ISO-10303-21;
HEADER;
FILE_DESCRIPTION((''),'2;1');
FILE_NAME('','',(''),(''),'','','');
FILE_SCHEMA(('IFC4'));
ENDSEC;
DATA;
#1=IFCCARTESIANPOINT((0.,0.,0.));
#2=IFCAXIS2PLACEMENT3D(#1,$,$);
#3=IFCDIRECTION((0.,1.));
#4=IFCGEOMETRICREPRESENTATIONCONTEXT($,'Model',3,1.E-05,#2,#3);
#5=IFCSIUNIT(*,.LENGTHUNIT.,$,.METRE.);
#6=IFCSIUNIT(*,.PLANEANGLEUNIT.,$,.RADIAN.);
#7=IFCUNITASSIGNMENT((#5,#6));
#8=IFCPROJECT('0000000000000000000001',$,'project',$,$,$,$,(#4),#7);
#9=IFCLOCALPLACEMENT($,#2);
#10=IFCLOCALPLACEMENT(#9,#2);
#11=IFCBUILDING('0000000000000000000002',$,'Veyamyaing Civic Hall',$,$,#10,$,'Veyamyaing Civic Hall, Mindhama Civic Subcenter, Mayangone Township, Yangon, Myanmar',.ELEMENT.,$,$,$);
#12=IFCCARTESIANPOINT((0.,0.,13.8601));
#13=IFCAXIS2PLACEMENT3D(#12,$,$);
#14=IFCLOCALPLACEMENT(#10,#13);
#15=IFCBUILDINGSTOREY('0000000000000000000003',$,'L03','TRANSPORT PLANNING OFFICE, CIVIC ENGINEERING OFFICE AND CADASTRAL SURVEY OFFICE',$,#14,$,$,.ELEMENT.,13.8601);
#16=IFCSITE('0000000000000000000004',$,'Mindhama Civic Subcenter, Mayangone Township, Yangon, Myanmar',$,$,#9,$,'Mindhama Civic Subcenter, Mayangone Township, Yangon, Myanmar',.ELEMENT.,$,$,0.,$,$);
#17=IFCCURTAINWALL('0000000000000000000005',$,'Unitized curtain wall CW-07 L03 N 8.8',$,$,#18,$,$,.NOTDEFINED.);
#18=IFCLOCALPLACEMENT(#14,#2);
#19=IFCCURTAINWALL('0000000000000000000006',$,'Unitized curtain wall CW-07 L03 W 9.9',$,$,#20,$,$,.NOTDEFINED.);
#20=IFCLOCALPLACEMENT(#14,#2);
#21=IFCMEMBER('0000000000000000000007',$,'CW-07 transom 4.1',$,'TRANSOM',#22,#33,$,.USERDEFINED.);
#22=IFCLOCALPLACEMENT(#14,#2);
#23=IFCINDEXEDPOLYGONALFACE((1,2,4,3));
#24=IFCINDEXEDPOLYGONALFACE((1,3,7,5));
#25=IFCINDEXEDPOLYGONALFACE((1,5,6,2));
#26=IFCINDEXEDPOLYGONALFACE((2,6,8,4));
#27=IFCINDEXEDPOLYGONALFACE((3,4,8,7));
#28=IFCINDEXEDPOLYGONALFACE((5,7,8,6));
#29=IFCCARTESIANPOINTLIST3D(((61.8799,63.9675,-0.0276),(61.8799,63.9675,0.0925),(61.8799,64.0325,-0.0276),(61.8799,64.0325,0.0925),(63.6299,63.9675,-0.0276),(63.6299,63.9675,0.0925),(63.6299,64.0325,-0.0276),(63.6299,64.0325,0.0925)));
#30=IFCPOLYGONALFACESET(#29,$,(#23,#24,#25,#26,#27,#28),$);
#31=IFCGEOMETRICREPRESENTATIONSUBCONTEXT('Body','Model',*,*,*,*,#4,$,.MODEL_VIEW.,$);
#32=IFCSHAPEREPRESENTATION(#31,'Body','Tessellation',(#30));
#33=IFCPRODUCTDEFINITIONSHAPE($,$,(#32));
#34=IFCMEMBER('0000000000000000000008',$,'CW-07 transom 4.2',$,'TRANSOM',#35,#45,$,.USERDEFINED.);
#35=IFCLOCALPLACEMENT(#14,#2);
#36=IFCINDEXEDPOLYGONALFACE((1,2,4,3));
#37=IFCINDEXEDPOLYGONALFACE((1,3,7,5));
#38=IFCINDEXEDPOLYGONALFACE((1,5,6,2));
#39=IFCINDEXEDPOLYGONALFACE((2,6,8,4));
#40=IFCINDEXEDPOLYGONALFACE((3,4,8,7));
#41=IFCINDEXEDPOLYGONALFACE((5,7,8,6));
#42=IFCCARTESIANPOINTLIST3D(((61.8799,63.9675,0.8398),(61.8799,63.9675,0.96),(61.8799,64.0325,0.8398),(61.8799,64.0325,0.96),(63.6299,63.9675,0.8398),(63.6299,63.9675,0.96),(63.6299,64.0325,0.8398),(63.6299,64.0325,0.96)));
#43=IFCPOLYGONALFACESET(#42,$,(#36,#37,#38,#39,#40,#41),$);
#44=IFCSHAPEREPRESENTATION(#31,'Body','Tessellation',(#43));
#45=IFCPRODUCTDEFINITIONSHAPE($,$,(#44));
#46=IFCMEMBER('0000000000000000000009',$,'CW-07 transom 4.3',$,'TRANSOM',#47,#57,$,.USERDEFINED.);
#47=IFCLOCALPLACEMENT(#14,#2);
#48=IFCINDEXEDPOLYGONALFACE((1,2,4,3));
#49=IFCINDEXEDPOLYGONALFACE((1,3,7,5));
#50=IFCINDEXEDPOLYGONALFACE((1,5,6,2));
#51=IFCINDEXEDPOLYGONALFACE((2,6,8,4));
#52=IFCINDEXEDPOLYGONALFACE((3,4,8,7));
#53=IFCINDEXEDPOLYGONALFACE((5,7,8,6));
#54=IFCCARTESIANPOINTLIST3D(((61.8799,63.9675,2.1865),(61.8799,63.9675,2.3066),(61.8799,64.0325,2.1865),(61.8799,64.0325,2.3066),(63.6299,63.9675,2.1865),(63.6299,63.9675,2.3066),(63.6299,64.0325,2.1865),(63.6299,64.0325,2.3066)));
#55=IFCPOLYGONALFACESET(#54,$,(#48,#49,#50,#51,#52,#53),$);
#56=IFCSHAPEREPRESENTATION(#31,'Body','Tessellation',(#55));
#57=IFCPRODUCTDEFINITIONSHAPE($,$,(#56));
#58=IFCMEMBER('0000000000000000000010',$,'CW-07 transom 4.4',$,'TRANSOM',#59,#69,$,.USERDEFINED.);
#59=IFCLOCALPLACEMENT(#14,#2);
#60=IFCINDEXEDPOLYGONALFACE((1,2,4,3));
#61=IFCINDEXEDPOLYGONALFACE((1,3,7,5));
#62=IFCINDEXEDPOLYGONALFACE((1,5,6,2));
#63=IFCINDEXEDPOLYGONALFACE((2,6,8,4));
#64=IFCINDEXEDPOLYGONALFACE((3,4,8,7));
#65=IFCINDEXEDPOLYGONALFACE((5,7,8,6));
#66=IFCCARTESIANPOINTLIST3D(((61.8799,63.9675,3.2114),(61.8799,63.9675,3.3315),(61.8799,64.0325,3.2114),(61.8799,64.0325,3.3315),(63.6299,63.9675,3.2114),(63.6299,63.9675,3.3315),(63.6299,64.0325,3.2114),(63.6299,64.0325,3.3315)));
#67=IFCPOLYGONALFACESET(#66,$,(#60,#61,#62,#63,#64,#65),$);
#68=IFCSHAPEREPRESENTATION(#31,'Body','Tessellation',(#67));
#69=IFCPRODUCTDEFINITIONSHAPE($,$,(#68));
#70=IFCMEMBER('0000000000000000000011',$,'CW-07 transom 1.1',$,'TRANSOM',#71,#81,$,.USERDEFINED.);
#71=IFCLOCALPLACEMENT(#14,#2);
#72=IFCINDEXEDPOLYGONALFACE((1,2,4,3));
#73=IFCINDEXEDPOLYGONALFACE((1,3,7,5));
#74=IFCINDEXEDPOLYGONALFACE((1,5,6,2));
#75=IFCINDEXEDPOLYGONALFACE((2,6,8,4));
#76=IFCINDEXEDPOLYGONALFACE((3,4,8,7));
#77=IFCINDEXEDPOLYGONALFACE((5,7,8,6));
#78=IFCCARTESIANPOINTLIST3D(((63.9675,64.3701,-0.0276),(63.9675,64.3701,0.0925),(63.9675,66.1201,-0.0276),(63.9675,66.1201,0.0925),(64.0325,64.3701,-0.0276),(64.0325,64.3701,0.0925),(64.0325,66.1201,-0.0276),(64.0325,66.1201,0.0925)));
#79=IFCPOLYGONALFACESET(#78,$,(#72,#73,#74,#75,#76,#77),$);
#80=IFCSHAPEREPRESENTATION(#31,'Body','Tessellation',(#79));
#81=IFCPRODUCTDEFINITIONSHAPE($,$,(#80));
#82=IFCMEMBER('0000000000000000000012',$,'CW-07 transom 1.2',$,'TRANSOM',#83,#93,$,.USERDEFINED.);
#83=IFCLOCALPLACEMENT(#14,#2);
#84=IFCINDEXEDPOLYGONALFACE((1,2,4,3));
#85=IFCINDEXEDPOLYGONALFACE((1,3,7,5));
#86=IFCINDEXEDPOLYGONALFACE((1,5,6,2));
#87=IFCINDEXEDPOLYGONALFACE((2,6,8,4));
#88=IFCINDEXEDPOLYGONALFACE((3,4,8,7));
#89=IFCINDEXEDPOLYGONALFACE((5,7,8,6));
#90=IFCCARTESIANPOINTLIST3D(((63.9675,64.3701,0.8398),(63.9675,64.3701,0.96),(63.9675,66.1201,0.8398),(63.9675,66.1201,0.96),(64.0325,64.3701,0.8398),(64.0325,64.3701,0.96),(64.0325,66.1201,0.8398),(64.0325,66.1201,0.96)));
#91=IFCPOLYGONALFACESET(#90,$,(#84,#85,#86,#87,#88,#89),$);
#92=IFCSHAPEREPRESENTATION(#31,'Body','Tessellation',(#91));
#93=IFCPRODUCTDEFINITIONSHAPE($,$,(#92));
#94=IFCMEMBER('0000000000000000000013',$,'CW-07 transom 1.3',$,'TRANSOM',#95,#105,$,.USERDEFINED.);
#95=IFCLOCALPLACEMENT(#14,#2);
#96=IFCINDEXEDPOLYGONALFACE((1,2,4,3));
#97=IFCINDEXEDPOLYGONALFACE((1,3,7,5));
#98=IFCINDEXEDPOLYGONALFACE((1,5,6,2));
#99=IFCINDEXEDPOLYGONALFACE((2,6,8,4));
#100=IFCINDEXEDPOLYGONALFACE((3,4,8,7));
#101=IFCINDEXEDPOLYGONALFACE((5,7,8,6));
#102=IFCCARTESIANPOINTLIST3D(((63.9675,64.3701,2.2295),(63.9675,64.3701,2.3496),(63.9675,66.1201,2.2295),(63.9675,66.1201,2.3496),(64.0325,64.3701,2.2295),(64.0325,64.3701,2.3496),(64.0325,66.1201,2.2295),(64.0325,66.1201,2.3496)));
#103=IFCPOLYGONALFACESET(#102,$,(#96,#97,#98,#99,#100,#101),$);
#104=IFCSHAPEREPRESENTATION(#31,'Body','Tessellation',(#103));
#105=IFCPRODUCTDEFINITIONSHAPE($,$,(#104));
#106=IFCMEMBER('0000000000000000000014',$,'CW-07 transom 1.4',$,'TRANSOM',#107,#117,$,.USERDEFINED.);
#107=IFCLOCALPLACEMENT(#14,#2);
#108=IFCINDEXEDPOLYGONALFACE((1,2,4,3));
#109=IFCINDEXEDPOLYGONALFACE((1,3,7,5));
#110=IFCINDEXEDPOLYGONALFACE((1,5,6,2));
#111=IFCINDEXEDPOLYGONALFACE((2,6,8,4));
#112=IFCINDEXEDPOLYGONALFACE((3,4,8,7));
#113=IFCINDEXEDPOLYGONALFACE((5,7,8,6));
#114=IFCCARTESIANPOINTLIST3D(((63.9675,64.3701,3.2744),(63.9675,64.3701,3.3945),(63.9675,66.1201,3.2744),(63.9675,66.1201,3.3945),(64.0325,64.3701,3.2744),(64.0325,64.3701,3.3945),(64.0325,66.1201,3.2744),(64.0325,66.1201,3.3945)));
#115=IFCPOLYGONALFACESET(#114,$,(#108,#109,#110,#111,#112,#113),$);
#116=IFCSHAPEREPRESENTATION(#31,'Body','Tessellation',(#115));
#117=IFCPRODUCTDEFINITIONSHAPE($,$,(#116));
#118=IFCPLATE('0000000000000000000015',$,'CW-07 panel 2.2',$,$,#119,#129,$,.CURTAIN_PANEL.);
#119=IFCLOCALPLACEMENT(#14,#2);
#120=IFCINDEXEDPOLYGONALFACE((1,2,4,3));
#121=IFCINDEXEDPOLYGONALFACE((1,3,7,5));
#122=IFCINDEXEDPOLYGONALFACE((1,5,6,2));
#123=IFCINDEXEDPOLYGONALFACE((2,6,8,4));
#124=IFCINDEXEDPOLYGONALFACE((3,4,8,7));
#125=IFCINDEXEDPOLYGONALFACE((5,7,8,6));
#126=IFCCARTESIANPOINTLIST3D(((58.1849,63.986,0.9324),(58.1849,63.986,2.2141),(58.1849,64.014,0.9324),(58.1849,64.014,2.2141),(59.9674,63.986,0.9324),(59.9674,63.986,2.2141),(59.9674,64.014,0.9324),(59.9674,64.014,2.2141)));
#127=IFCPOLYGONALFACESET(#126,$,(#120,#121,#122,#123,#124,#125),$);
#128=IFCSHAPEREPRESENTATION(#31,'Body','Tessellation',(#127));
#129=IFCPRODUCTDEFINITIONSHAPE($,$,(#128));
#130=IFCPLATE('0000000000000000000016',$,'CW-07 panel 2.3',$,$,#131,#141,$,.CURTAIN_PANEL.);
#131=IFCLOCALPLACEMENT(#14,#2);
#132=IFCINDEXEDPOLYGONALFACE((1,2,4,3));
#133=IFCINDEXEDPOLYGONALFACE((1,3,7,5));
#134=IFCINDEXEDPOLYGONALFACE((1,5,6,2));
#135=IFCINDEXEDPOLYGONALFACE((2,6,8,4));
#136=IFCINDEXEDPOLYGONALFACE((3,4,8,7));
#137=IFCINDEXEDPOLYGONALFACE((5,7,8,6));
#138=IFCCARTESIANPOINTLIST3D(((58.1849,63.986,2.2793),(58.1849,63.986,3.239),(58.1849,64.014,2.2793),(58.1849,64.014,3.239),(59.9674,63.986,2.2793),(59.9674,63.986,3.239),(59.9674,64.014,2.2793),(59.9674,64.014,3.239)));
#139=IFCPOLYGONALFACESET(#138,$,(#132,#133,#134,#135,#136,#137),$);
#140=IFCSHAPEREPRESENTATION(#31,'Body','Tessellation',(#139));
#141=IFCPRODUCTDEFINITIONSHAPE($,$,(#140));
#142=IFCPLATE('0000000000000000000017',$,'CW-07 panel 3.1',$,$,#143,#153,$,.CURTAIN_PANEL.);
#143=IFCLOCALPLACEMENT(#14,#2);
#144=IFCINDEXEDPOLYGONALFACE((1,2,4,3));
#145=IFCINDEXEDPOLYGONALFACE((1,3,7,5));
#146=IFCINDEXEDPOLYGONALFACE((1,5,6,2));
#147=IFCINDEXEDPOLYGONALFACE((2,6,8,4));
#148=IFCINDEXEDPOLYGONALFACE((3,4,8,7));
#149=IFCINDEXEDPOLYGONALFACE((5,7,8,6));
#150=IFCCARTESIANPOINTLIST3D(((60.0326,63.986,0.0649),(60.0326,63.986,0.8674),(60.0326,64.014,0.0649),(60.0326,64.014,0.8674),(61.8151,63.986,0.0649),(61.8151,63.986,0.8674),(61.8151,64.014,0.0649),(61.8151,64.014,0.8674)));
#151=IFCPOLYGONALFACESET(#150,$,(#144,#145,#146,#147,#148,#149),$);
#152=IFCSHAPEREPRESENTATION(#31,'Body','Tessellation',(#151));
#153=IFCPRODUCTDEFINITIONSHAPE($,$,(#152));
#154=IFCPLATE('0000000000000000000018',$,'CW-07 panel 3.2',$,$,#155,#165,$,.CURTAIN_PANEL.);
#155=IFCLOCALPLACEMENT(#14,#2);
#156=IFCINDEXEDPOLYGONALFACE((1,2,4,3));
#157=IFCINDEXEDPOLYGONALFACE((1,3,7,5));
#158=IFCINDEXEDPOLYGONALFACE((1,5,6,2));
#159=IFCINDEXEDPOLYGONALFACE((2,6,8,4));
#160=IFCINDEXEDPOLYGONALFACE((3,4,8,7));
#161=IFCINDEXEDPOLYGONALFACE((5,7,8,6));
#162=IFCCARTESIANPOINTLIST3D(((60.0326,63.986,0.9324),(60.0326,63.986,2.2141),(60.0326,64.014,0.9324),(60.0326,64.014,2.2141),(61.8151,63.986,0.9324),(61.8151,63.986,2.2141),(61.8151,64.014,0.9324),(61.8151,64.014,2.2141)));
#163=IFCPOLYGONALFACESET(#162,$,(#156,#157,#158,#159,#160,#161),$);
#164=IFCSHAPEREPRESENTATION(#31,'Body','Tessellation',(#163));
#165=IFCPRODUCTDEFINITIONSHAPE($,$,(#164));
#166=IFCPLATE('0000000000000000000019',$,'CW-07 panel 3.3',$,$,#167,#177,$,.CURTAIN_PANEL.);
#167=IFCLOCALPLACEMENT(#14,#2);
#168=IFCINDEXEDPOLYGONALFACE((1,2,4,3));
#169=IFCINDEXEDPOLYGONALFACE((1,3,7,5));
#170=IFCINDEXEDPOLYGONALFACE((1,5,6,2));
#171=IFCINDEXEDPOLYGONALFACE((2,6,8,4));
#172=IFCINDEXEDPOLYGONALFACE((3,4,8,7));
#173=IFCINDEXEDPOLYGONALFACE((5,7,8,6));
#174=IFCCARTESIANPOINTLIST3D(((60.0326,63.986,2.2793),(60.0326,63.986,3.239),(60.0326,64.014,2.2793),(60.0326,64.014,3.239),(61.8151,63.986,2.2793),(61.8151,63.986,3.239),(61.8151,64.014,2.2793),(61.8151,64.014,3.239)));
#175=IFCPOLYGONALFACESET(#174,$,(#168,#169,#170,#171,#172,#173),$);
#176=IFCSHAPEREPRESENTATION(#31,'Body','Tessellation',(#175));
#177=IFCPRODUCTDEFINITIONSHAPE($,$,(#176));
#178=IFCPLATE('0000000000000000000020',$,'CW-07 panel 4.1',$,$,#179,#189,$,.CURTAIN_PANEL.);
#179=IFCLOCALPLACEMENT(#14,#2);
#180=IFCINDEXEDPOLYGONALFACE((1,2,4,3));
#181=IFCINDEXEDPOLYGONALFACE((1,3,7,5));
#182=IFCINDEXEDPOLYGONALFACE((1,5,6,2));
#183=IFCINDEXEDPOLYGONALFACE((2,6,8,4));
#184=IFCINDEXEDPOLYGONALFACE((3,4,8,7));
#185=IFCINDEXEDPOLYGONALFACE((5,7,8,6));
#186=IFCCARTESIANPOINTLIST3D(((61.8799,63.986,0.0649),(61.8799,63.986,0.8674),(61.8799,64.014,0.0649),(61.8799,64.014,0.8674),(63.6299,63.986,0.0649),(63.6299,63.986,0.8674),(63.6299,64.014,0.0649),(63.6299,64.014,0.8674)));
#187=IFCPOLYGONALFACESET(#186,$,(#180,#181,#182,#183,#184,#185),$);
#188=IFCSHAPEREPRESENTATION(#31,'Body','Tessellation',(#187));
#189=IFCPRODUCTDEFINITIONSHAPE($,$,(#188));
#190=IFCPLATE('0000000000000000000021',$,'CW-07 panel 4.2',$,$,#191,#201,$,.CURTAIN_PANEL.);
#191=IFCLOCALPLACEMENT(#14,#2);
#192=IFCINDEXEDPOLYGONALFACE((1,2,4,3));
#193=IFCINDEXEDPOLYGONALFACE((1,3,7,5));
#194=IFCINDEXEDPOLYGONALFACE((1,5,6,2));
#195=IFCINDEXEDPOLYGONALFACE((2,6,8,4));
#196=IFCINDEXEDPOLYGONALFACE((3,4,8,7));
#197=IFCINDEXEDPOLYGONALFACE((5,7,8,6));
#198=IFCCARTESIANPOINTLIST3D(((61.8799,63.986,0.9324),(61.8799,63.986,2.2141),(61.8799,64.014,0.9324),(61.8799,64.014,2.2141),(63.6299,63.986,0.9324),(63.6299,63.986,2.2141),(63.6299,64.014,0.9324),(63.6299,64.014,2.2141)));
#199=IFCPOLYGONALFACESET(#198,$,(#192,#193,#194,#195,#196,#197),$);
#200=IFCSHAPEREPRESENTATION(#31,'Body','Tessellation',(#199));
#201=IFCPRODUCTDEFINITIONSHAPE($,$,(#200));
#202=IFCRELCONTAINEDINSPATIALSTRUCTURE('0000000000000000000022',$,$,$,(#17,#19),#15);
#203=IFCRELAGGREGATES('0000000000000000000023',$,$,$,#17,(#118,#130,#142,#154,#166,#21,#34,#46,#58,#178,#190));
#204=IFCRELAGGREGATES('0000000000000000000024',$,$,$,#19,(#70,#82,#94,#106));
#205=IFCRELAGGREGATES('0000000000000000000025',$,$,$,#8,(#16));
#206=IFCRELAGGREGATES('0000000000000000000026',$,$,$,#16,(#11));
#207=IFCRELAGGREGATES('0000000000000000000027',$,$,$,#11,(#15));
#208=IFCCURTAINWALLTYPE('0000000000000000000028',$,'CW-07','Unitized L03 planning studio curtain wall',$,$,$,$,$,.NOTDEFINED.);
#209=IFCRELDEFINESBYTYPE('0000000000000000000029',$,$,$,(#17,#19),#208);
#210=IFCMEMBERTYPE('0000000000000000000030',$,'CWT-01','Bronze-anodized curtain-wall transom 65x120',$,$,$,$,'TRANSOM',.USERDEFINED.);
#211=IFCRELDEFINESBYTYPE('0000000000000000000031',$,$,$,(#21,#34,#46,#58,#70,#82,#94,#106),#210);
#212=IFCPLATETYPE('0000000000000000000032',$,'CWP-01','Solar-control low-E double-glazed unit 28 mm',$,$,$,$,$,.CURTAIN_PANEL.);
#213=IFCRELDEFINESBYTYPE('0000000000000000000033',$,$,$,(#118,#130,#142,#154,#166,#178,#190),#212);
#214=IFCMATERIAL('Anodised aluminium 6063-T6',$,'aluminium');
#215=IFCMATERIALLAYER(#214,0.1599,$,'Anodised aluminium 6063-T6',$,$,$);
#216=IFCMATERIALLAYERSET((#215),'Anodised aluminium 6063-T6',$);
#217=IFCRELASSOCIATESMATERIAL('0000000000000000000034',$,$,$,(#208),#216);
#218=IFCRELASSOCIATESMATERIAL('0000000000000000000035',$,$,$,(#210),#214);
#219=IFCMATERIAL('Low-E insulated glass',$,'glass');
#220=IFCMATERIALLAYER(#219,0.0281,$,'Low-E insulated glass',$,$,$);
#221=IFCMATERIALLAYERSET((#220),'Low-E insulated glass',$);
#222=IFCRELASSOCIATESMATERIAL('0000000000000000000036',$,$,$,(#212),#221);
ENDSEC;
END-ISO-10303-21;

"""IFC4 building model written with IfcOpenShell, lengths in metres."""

from ifc_helpers import new_model, si_unit, direction, frame, origin, origin_2d, place, context, subcontext, project, spatial, rectangle, extrude, material, layer, layer_set, material_profile, profile_set, type_object, element, aggregate, save


model = new_model("IFC4")

# Units and contexts
model_context = context("Model", 3, precision=1e-05, world=origin(), true_north=direction((0.0, 1.0)))
body_context = subcontext(model_context, "Body", "Model", "MODEL_VIEW")
ifc_project = project(units=[si_unit("LENGTHUNIT", "METRE"), si_unit("PLANEANGLEUNIT", "RADIAN")], contexts=[model_context])

# Site, building, storey
site_placement = place(None, origin())
site = spatial("IfcSite", under=ifc_project, at=site_placement, Name="Mindhama Civic Subcenter, Mayangone Township, Yangon, Myanmar", LongName="Mindhama Civic Subcenter, Mayangone Township, Yangon, Myanmar", CompositionType="ELEMENT", RefElevation=0.0)
building_placement = place(site_placement, origin())
building = spatial("IfcBuilding", under=site, at=building_placement, Name="Veyamyaing Civic Hall", LongName="Veyamyaing Civic Hall, Mindhama Civic Subcenter, Mayangone Township, Yangon, Myanmar", CompositionType="ELEMENT")
storey_placement = place(building_placement, frame((0.0, 0.0, 13.8601)))
storey = spatial("IfcBuildingStorey", under=building, at=storey_placement, Name="L03", Description="TRANSPORT PLANNING OFFICE, CIVIC ENGINEERING OFFICE AND CADASTRAL SURVEY OFFICE", CompositionType="ELEMENT", Elevation=13.8601)

# Curtain walls
ifc_material_1 = material(Name="Anodised aluminium 6063-T6", Category="aluminium")
ifc_layer_1 = layer(ifc_material_1, 0.1599, Name="Anodised aluminium 6063-T6")
ifc_layer_set_1 = layer_set([ifc_layer_1], Name="Anodised aluminium 6063-T6")
curtain_wall_type = type_object("IfcCurtainWallType", Name="CW-07", Description="Unitized L03 planning studio curtain wall", PredefinedType="NOTDEFINED", material=ifc_layer_set_1)
curtain_wall_1_placement = place(storey_placement, origin())
curtain_wall_1 = element("IfcCurtainWall", 1, at=curtain_wall_1_placement, inside=storey, type_object=curtain_wall_type, Name="Unitized curtain wall CW-07 L03 N 8.8", PredefinedType="NOTDEFINED")
curtain_wall_2_placement = place(storey_placement, origin())
curtain_wall_2 = element("IfcCurtainWall", 2, at=curtain_wall_2_placement, inside=storey, type_object=curtain_wall_type, Name="Unitized curtain wall CW-07 L03 W 9.9", PredefinedType="NOTDEFINED")

# Members
ifc_material_profile_1 = material_profile(ifc_material_1, rectangle(XDim=0.0649, YDim=0.1201, at=origin_2d()), Name="ALU-TRN-65X120")
ifc_profile_set_1 = profile_set([ifc_material_profile_1], Name="Anodised aluminium 6063-T6")
member_type_1 = type_object("IfcMemberType", Name="CWT-01", Description="Bronze-anodized curtain-wall transom 65x120", ElementType="TRANSOM", PredefinedType="USERDEFINED", material=ifc_profile_set_1)
member_1_placement = place(storey_placement, frame((61.8799, 64.0, 0.0325), z_axis=(1.0, 0.0, 0.0), x_axis=(0.0, 1.0, 0.0)))
member_1 = element("IfcMember", 3, at=member_1_placement, type_object=member_type_1, Name="CW-07 transom 4.1", ObjectType="TRANSOM", PredefinedType="USERDEFINED", context=body_context, shape_type="SweptSolid", body=[
    extrude(rectangle(XDim=0.0649, YDim=0.1201, at=origin_2d()), origin(), (0.0, 0.0, 1.0), 1.75),
])
member_2_placement = place(storey_placement, frame((61.8799, 64.0, 0.8999), z_axis=(1.0, 0.0, 0.0), x_axis=(0.0, 1.0, 0.0)))
member_2 = element("IfcMember", 4, at=member_2_placement, type_object=member_type_1, Name="CW-07 transom 4.2", ObjectType="TRANSOM", PredefinedType="USERDEFINED", context=body_context, shape_type="SweptSolid", body=[
    extrude(rectangle(XDim=0.0649, YDim=0.1201, at=origin_2d()), origin(), (0.0, 0.0, 1.0), 1.75),
])
member_3_placement = place(storey_placement, frame((61.8799, 64.0, 2.2466), z_axis=(1.0, 0.0, 0.0), x_axis=(0.0, 1.0, 0.0)))
member_3 = element("IfcMember", 5, at=member_3_placement, type_object=member_type_1, Name="CW-07 transom 4.3", ObjectType="TRANSOM", PredefinedType="USERDEFINED", context=body_context, shape_type="SweptSolid", body=[
    extrude(rectangle(XDim=0.0649, YDim=0.1201, at=origin_2d()), origin(), (0.0, 0.0, 1.0), 1.75),
])
member_4_placement = place(storey_placement, frame((61.8799, 64.0, 3.2715), z_axis=(1.0, 0.0, 0.0), x_axis=(0.0, 1.0, 0.0)))
member_4 = element("IfcMember", 6, at=member_4_placement, type_object=member_type_1, Name="CW-07 transom 4.4", ObjectType="TRANSOM", PredefinedType="USERDEFINED", context=body_context, shape_type="SweptSolid", body=[
    extrude(rectangle(XDim=0.0649, YDim=0.1201, at=origin_2d()), origin(), (0.0, 0.0, 1.0), 1.75),
])
member_5_placement = place(storey_placement, frame((64.0, 64.3701, 0.0325), z_axis=(0.0, 1.0, 0.0), x_axis=(-1.0, 0.0, 0.0)))
member_5 = element("IfcMember", 7, at=member_5_placement, type_object=member_type_1, Name="CW-07 transom 1.1", ObjectType="TRANSOM", PredefinedType="USERDEFINED", context=body_context, shape_type="SweptSolid", body=[
    extrude(rectangle(XDim=0.0649, YDim=0.1201, at=origin_2d()), origin(), (0.0, 0.0, 1.0), 1.75),
])
member_6_placement = place(storey_placement, frame((64.0, 64.3701, 0.8999), z_axis=(0.0, 1.0, 0.0), x_axis=(-1.0, 0.0, 0.0)))
member_6 = element("IfcMember", 8, at=member_6_placement, type_object=member_type_1, Name="CW-07 transom 1.2", ObjectType="TRANSOM", PredefinedType="USERDEFINED", context=body_context, shape_type="SweptSolid", body=[
    extrude(rectangle(XDim=0.0649, YDim=0.1201, at=origin_2d()), origin(), (0.0, 0.0, 1.0), 1.75),
])
member_7_placement = place(storey_placement, frame((64.0, 64.3701, 2.2896), z_axis=(0.0, 1.0, 0.0), x_axis=(-1.0, 0.0, 0.0)))
member_7 = element("IfcMember", 9, at=member_7_placement, type_object=member_type_1, Name="CW-07 transom 1.3", ObjectType="TRANSOM", PredefinedType="USERDEFINED", context=body_context, shape_type="SweptSolid", body=[
    extrude(rectangle(XDim=0.0649, YDim=0.1201, at=origin_2d()), origin(), (0.0, 0.0, 1.0), 1.75),
])
member_8_placement = place(storey_placement, frame((64.0, 64.3701, 3.3345), z_axis=(0.0, 1.0, 0.0), x_axis=(-1.0, 0.0, 0.0)))
member_8 = element("IfcMember", 10, at=member_8_placement, type_object=member_type_1, Name="CW-07 transom 1.4", ObjectType="TRANSOM", PredefinedType="USERDEFINED", context=body_context, shape_type="SweptSolid", body=[
    extrude(rectangle(XDim=0.0649, YDim=0.1201, at=origin_2d()), origin(), (0.0, 0.0, 1.0), 1.75),
])

# Plates
ifc_material_2 = material(Name="Low-E insulated glass", Category="glass")
ifc_layer_2 = layer(ifc_material_2, 0.0281, Name="Low-E insulated glass")
ifc_layer_set_2 = layer_set([ifc_layer_2], Name="Low-E insulated glass")
plate_type_1 = type_object("IfcPlateType", Name="CWP-01", Description="Solar-control low-E double-glazed unit 28 mm", PredefinedType="CURTAIN_PANEL", material=ifc_layer_set_2)
plate_1_placement = place(storey_placement, frame((59.0762, 64.0, 0.9324), z_axis=(0.0, 0.0, 1.0), x_axis=(1.0, 0.0, 0.0)))
plate_1 = element("IfcPlate", 11, at=plate_1_placement, type_object=plate_type_1, Name="CW-07 panel 2.2", PredefinedType="CURTAIN_PANEL", context=body_context, shape_type="SweptSolid", body=[
    extrude(rectangle(XDim=1.7825, YDim=0.0281, at=origin_2d()), origin(), (0.0, 0.0, 1.0), 1.2817),
])
plate_2_placement = place(storey_placement, frame((59.0762, 64.0, 2.2793), z_axis=(0.0, 0.0, 1.0), x_axis=(1.0, 0.0, 0.0)))
plate_2 = element("IfcPlate", 12, at=plate_2_placement, type_object=plate_type_1, Name="CW-07 panel 2.3", PredefinedType="CURTAIN_PANEL", context=body_context, shape_type="SweptSolid", body=[
    extrude(rectangle(XDim=1.7825, YDim=0.0281, at=origin_2d()), origin(), (0.0, 0.0, 1.0), 0.9597),
])
plate_3_placement = place(storey_placement, frame((60.9238, 64.0, 0.0649), z_axis=(0.0, 0.0, 1.0), x_axis=(1.0, 0.0, 0.0)))
plate_3 = element("IfcPlate", 13, at=plate_3_placement, type_object=plate_type_1, Name="CW-07 panel 3.1", PredefinedType="CURTAIN_PANEL", context=body_context, shape_type="SweptSolid", body=[
    extrude(rectangle(XDim=1.7825, YDim=0.0281, at=origin_2d()), origin(), (0.0, 0.0, 1.0), 0.8025),
])
plate_4_placement = place(storey_placement, frame((60.9238, 64.0, 0.9324), z_axis=(0.0, 0.0, 1.0), x_axis=(1.0, 0.0, 0.0)))
plate_4 = element("IfcPlate", 14, at=plate_4_placement, type_object=plate_type_1, Name="CW-07 panel 3.2", PredefinedType="CURTAIN_PANEL", context=body_context, shape_type="SweptSolid", body=[
    extrude(rectangle(XDim=1.7825, YDim=0.0281, at=origin_2d()), origin(), (0.0, 0.0, 1.0), 1.2817),
])
plate_5_placement = place(storey_placement, frame((60.9238, 64.0, 2.2793), z_axis=(0.0, 0.0, 1.0), x_axis=(1.0, 0.0, 0.0)))
plate_5 = element("IfcPlate", 15, at=plate_5_placement, type_object=plate_type_1, Name="CW-07 panel 3.3", PredefinedType="CURTAIN_PANEL", context=body_context, shape_type="SweptSolid", body=[
    extrude(rectangle(XDim=1.7825, YDim=0.0281, at=origin_2d()), origin(), (0.0, 0.0, 1.0), 0.9597),
])
plate_6_placement = place(storey_placement, frame((62.7549, 64.0, 0.0649), z_axis=(0.0, 0.0, 1.0), x_axis=(1.0, 0.0, 0.0)))
plate_6 = element("IfcPlate", 16, at=plate_6_placement, type_object=plate_type_1, Name="CW-07 panel 4.1", PredefinedType="CURTAIN_PANEL", context=body_context, shape_type="SweptSolid", body=[
    extrude(rectangle(XDim=1.75, YDim=0.0281, at=origin_2d()), origin(), (0.0, 0.0, 1.0), 0.8025),
])
plate_7_placement = place(storey_placement, frame((62.7549, 64.0, 0.9324), z_axis=(0.0, 0.0, 1.0), x_axis=(1.0, 0.0, 0.0)))
plate_7 = element("IfcPlate", 17, at=plate_7_placement, type_object=plate_type_1, Name="CW-07 panel 4.2", PredefinedType="CURTAIN_PANEL", context=body_context, shape_type="SweptSolid", body=[
    extrude(rectangle(XDim=1.75, YDim=0.0281, at=origin_2d()), origin(), (0.0, 0.0, 1.0), 1.2817),
])
aggregate(curtain_wall_1, [plate_1, plate_2, plate_3, plate_4, plate_5, member_1, member_2, member_3, member_4, plate_6, plate_7])
aggregate(curtain_wall_2, [member_5, member_6, member_7, member_8])

save(model, "model.ifc")
